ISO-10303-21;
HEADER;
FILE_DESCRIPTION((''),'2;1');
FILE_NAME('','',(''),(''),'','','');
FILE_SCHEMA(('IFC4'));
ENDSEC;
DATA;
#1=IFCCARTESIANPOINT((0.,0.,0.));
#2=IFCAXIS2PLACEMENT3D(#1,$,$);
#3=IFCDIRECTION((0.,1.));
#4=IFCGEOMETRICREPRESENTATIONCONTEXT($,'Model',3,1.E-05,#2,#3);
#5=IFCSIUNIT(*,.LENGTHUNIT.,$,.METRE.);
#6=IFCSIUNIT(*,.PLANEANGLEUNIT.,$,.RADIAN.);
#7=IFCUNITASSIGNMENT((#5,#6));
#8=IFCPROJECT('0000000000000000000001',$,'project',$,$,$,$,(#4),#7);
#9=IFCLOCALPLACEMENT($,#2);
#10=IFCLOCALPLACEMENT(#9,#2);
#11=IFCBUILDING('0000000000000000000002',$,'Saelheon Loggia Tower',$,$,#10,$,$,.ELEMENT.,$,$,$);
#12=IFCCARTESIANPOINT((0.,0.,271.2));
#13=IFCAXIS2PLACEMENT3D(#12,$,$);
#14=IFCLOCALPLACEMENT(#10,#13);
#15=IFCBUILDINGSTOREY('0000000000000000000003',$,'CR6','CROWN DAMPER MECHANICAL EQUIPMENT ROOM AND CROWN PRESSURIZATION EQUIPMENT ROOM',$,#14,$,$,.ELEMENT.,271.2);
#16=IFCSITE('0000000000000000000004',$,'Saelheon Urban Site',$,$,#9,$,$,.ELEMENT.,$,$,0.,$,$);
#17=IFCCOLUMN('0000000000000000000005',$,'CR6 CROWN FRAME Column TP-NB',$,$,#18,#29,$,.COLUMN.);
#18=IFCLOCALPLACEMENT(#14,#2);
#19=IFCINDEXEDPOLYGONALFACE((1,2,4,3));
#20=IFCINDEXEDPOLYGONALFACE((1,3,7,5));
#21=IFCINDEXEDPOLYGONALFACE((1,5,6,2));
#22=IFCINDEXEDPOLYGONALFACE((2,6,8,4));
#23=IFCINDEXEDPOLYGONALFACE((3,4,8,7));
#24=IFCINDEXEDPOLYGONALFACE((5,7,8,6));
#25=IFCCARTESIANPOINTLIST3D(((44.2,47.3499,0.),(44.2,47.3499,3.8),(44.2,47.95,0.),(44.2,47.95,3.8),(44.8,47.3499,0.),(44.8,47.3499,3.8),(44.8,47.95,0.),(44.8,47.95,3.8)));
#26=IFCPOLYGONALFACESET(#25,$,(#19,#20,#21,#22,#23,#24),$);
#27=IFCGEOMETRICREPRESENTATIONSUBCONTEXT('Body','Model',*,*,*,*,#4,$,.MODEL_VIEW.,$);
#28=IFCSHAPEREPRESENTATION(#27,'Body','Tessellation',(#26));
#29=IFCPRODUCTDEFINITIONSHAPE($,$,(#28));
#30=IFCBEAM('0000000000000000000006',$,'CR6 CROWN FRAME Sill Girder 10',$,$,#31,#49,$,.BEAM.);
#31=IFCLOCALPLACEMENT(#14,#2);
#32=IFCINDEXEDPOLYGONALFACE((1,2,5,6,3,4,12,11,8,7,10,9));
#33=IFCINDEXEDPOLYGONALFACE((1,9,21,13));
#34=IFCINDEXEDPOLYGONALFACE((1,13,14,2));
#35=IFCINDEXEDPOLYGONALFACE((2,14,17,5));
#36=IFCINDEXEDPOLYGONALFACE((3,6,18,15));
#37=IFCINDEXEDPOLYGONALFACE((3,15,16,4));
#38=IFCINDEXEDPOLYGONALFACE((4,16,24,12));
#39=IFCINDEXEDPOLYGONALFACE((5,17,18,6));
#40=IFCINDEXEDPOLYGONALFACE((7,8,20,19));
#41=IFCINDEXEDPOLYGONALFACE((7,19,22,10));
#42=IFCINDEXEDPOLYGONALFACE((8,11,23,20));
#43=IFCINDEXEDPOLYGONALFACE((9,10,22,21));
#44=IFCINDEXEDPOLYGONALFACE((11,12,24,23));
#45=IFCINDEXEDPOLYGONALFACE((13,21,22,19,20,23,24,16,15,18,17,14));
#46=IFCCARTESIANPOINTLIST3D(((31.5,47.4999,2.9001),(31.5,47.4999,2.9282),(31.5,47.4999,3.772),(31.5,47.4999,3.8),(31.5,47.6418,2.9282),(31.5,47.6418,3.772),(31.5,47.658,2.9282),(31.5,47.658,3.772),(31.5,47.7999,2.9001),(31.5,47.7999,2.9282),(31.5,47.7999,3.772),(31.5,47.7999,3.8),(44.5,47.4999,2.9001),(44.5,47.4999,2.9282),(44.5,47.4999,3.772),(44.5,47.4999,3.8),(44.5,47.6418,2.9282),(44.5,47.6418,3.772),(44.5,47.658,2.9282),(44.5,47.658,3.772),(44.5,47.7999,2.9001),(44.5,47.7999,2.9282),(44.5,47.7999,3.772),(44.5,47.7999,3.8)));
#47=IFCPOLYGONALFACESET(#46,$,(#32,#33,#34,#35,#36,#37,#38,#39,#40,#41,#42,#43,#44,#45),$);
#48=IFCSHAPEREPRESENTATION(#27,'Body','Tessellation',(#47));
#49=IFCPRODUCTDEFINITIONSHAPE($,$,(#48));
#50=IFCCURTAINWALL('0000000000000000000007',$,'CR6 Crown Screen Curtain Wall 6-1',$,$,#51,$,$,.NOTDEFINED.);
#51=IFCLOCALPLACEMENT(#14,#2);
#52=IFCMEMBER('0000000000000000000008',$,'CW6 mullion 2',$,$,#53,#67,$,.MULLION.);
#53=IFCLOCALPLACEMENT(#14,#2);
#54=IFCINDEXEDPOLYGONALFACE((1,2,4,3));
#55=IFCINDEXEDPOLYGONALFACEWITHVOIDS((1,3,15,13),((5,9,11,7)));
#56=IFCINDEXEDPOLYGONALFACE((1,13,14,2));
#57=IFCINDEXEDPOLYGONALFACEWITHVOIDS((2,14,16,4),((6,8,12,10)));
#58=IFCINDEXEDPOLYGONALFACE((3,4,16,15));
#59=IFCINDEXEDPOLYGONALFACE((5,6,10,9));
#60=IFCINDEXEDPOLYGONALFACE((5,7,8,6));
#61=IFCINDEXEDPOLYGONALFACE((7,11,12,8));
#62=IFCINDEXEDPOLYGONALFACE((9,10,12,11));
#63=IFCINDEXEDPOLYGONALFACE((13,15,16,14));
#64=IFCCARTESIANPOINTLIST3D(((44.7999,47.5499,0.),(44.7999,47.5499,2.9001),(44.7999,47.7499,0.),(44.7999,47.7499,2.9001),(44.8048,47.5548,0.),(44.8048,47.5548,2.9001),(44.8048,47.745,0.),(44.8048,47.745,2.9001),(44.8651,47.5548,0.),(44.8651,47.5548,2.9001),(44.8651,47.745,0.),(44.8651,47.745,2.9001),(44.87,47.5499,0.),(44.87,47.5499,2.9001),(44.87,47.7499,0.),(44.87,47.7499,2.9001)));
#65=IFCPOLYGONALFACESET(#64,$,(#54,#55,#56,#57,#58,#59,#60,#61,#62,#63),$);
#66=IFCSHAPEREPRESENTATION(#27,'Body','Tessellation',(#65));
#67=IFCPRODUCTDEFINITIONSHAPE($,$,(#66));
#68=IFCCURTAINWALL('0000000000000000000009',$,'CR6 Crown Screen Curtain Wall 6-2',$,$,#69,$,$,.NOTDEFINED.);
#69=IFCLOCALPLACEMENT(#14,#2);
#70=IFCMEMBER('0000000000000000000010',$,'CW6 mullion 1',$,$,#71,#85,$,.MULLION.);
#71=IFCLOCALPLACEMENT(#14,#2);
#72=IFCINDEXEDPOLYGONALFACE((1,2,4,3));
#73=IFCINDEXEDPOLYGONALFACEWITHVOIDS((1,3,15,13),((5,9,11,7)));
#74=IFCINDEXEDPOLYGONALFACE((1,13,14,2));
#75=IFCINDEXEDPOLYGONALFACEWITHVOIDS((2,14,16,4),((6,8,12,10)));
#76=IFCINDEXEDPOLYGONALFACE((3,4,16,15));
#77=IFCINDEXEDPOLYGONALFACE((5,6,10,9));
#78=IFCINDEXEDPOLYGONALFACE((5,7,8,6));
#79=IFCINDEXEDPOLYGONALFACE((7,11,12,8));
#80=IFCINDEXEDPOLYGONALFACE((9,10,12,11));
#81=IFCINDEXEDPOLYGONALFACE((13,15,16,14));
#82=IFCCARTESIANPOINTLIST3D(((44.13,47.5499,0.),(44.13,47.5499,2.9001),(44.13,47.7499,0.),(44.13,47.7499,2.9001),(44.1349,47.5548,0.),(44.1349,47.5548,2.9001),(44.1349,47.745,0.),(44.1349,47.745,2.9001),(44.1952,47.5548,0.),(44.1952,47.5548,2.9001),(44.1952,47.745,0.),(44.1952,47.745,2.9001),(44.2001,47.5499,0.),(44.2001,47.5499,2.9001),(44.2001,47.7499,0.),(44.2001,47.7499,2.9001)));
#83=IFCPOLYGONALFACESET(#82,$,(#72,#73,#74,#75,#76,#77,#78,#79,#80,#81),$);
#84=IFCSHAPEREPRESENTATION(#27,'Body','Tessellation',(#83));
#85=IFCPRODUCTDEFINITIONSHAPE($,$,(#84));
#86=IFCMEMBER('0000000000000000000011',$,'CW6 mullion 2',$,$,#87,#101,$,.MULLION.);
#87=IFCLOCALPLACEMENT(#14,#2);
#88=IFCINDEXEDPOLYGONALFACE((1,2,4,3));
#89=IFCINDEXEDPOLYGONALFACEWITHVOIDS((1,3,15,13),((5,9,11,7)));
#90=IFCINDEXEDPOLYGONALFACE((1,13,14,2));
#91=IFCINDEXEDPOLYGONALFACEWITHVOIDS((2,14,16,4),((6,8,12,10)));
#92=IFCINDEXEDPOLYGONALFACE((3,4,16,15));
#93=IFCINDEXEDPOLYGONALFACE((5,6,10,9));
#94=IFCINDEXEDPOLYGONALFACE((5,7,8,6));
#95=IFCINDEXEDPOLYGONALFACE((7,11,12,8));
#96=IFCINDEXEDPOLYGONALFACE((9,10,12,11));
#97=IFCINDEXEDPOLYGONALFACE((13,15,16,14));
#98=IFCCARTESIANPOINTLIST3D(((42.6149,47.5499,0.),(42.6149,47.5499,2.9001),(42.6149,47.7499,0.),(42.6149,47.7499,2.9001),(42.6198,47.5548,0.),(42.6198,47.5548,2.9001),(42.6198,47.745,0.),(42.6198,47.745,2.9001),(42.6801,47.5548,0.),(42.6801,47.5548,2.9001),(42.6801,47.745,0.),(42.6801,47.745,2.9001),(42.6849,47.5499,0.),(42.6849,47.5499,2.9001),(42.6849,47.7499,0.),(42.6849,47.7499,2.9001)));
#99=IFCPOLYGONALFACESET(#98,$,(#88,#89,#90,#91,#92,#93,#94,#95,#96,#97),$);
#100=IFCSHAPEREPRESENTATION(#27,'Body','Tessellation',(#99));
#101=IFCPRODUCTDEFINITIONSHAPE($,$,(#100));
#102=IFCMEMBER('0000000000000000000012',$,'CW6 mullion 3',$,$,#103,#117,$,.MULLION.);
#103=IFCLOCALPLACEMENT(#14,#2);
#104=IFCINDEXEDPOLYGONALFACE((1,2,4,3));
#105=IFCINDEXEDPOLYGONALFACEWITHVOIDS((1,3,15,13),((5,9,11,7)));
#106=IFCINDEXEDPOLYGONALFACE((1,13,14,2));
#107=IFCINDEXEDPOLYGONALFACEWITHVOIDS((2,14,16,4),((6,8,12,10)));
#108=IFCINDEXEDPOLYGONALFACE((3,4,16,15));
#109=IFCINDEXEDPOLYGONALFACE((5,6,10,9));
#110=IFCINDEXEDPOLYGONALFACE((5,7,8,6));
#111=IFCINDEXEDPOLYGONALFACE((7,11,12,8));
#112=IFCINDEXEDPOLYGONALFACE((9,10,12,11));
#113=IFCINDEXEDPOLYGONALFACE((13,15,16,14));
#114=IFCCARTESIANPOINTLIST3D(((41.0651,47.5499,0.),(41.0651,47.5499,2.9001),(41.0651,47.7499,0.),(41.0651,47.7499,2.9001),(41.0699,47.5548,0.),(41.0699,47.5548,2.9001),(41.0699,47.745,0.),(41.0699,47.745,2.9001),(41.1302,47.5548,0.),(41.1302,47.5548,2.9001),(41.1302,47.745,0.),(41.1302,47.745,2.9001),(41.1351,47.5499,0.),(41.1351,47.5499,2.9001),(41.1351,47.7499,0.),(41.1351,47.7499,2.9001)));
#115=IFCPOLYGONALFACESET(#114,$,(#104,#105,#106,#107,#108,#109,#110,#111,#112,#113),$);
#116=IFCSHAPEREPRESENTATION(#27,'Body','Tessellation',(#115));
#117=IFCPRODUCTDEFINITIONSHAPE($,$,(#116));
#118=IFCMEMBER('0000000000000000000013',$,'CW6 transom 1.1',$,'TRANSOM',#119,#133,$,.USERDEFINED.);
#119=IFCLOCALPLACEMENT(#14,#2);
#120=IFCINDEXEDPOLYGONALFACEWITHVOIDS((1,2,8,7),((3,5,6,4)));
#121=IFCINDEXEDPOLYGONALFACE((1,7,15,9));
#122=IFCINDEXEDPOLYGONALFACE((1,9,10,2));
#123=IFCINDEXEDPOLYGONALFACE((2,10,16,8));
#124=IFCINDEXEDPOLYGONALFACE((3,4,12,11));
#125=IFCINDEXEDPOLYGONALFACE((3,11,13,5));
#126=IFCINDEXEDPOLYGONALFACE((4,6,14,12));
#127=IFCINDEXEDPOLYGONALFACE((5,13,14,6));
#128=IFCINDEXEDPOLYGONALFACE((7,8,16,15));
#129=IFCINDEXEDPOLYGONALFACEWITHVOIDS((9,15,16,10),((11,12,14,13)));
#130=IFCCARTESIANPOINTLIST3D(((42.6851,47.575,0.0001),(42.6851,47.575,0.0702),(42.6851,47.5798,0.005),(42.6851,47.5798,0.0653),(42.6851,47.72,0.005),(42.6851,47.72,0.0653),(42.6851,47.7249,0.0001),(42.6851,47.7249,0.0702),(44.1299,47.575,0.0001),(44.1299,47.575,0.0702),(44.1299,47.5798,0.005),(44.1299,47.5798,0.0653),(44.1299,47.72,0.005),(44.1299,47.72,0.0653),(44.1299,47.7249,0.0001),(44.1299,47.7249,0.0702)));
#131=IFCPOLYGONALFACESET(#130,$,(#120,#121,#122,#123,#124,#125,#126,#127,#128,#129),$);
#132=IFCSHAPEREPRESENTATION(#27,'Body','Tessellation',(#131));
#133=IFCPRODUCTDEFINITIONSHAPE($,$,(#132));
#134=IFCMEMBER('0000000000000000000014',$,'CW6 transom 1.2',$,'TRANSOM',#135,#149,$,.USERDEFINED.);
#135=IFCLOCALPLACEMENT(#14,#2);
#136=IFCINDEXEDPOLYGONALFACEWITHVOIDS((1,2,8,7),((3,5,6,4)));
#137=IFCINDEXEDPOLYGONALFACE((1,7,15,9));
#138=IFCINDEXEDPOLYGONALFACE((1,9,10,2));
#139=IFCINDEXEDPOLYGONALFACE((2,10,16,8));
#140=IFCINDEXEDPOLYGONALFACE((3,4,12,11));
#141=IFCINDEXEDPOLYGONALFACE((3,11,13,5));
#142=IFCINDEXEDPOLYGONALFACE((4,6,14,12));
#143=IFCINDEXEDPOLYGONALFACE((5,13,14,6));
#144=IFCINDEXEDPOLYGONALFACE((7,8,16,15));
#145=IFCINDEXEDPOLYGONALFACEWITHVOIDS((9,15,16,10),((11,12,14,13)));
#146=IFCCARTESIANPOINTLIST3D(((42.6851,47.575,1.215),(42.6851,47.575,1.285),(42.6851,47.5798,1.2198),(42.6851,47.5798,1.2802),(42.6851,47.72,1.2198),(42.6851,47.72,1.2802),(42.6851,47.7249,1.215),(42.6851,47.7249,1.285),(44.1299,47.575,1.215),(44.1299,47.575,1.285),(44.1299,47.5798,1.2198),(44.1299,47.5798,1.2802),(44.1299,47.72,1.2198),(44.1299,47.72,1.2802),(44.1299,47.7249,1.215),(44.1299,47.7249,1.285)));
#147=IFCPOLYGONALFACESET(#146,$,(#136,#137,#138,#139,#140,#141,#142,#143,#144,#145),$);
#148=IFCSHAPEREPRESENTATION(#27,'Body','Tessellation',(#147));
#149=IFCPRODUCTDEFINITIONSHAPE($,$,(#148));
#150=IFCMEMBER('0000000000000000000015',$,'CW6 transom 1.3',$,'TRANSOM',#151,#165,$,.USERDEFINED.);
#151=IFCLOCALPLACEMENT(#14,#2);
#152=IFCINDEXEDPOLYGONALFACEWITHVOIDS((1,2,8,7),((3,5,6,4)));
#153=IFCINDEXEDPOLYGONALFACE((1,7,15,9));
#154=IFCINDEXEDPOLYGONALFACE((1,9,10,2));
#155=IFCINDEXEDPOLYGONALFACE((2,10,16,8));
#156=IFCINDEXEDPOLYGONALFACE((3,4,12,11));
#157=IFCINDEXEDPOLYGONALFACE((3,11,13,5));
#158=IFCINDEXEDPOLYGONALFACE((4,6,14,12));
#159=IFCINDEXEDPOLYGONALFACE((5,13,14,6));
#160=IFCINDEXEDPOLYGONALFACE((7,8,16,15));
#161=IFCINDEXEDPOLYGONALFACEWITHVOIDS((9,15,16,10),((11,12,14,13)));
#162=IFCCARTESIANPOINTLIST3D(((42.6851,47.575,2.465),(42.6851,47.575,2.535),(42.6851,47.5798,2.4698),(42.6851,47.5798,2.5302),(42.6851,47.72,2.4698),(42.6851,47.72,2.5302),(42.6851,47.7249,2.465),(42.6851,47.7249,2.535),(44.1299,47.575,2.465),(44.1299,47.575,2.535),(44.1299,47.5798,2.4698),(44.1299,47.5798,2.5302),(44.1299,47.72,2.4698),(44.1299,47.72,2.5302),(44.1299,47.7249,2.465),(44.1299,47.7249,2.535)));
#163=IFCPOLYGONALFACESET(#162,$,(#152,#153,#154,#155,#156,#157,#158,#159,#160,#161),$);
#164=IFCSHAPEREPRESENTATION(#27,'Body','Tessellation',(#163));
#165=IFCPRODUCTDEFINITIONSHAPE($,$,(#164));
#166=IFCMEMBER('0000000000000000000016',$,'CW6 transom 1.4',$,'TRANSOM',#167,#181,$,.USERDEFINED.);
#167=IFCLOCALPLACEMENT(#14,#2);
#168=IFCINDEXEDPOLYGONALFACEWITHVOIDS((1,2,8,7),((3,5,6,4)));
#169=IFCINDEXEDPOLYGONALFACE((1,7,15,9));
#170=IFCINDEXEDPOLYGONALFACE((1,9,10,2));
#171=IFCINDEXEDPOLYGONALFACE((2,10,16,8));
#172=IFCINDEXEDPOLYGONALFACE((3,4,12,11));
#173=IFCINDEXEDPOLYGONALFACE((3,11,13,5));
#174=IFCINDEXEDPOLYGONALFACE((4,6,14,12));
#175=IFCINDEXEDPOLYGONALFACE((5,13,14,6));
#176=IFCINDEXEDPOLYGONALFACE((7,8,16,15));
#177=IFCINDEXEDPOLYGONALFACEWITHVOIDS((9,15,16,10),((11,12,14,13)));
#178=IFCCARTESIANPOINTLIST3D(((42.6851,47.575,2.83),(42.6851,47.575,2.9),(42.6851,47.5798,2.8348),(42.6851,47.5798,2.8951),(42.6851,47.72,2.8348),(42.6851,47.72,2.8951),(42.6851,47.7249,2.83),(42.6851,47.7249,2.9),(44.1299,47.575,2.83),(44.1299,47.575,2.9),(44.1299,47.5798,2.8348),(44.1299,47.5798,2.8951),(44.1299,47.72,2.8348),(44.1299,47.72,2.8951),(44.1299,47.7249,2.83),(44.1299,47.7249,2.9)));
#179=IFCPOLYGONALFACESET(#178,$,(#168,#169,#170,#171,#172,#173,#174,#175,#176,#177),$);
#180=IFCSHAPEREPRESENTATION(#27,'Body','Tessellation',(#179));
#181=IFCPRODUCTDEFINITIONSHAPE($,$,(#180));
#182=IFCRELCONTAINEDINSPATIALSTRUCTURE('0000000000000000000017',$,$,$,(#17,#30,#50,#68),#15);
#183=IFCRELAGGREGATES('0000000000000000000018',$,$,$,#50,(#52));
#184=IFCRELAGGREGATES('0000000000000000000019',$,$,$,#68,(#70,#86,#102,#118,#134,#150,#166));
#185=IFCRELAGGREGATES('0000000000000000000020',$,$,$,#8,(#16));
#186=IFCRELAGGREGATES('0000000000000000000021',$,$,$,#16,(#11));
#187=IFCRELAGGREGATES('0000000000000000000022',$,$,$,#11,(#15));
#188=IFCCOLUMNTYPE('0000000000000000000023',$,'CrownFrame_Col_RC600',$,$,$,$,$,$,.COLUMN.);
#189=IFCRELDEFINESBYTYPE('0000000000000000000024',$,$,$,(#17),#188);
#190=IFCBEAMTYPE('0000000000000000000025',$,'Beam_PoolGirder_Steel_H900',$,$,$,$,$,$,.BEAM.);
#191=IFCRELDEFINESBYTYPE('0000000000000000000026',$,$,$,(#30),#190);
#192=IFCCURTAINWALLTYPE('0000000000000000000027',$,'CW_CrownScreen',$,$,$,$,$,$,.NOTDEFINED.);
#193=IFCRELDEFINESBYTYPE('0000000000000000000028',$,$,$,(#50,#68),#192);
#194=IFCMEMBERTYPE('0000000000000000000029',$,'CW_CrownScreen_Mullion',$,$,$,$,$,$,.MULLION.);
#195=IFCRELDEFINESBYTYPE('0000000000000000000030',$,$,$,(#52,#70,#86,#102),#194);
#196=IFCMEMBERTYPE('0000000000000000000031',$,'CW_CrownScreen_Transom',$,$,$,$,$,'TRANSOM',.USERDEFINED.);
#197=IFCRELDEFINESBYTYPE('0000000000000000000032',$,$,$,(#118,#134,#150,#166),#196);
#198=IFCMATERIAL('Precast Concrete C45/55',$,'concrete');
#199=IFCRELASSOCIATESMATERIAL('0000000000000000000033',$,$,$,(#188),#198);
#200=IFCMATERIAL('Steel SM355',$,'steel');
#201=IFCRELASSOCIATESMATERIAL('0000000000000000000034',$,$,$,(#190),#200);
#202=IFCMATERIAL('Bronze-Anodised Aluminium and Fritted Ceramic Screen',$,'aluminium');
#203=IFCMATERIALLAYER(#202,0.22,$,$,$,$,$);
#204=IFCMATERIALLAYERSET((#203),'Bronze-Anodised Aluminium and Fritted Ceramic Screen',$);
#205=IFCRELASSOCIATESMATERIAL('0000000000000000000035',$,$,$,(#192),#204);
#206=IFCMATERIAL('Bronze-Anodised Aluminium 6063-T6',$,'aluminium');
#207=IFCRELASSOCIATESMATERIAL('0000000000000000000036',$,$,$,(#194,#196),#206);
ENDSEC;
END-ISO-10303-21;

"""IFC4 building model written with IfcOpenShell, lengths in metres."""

from ifc_helpers import new_model, si_unit, direction, frame, origin, origin_2d, place, context, subcontext, project, spatial, rectangle, hollow_rectangle, i_section, extrude, source, transform, mapped, material, layer, layer_set, material_profile, profile_set, type_object, element, aggregate, save


model = new_model("IFC4")

# Units and contexts
model_context = context("Model", 3, precision=1e-05, world=origin(), true_north=direction((0.0, 1.0)))
body_context = subcontext(model_context, "Body", "Model", "MODEL_VIEW")
ifc_project = project(units=[si_unit("LENGTHUNIT", "METRE"), si_unit("PLANEANGLEUNIT", "RADIAN")], contexts=[model_context])

# Site, building, storey
site_placement = place(None, origin())
site = spatial("IfcSite", under=ifc_project, at=site_placement, Name="Saelheon Urban Site", CompositionType="ELEMENT", RefElevation=0.0)
building_placement = place(site_placement, origin())
building = spatial("IfcBuilding", under=site, at=building_placement, Name="Saelheon Loggia Tower", CompositionType="ELEMENT")
storey_placement = place(building_placement, frame((0.0, 0.0, 271.2)))
storey = spatial("IfcBuildingStorey", under=building, at=storey_placement, Name="CR6", Description="CROWN DAMPER MECHANICAL EQUIPMENT ROOM AND CROWN PRESSURIZATION EQUIPMENT ROOM", CompositionType="ELEMENT", Elevation=271.2)

# Column
ifc_material_1 = material(Name="Precast Concrete C45/55", Category="concrete")
ifc_material_profile_1 = material_profile(ifc_material_1, rectangle(XDim=0.6001, YDim=0.6001, at=origin_2d()), Name="RC-600x600")
ifc_profile_set_1 = profile_set([ifc_material_profile_1], Name="Precast Concrete C45/55")
column_type = type_object("IfcColumnType", Name="CrownFrame_Col_RC600", PredefinedType="COLUMN", material=ifc_profile_set_1)
shared_shape_1 = source(origin(), body_context, "Body", "SweptSolid", [
    extrude(rectangle(XDim=0.6001, YDim=0.6001, at=origin_2d()), origin(), (0.0, 0.0, 1.0), 3.8),
])
column_placement = place(storey_placement, frame((44.5, 47.6499, 0.0), z_axis=(0.0, 0.0, 1.0), x_axis=(1.0, 0.0, 0.0)))
element("IfcColumn", 1, at=column_placement, inside=storey, type_object=column_type, Name="CR6 CROWN FRAME Column TP-NB", PredefinedType="COLUMN", context=body_context, shape_type="MappedRepresentation", body=[
    mapped(shared_shape_1, transform((0.0, 0.0, 0.0), scale=1.0)),
])

# Beam
ifc_material_2 = material(Name="Steel SM355", Category="steel")
ifc_material_profile_2 = material_profile(ifc_material_2, i_section(OverallWidth=0.3, OverallDepth=0.8999, WebThickness=0.0161, FlangeThickness=0.0281, at=origin_2d()), Name="H-900x300x16x28")
ifc_profile_set_2 = profile_set([ifc_material_profile_2], Name="Steel SM355")
beam_type = type_object("IfcBeamType", Name="Beam_PoolGirder_Steel_H900", PredefinedType="BEAM", material=ifc_profile_set_2)
shared_shape_2 = source(origin(), body_context, "Body", "SweptSolid", [
    extrude(i_section(OverallWidth=0.3, OverallDepth=0.8999, WebThickness=0.0161, FlangeThickness=0.0281, at=origin_2d()), origin(), (0.0, 0.0, 1.0), 13.0),
])
beam_placement = place(storey_placement, frame((44.5, 47.6499, 3.3501), z_axis=(-1.0, 0.0, 0.0), x_axis=(0.0, -1.0, 0.0)))
element("IfcBeam", 2, at=beam_placement, inside=storey, type_object=beam_type, Name="CR6 CROWN FRAME Sill Girder 10", PredefinedType="BEAM", context=body_context, shape_type="MappedRepresentation", body=[
    mapped(shared_shape_2, transform((0.0, 0.0, 0.0), scale=1.0)),
])

# Curtain wall, member
ifc_material_3 = material(Name="Bronze-Anodised Aluminium and Fritted Ceramic Screen", Category="aluminium")
ifc_layer_1 = layer(ifc_material_3, 0.22)
ifc_layer_set_1 = layer_set([ifc_layer_1], Name="Bronze-Anodised Aluminium and Fritted Ceramic Screen")
curtain_wall_type = type_object("IfcCurtainWallType", Name="CW_CrownScreen", PredefinedType="NOTDEFINED", material=ifc_layer_set_1)
curtain_wall_1_placement = place(storey_placement, origin())
curtain_wall_1 = element("IfcCurtainWall", 3, at=curtain_wall_1_placement, inside=storey, type_object=curtain_wall_type, Name="CR6 Crown Screen Curtain Wall 6-1", PredefinedType="NOTDEFINED")
ifc_material_4 = material(Name="Bronze-Anodised Aluminium 6063-T6", Category="aluminium")
ifc_material_profile_3 = material_profile(ifc_material_4, hollow_rectangle(XDim=0.0701, YDim=0.2, WallThickness=0.0049, at=origin_2d()), Name="RHS-200x70x5")
ifc_profile_set_3 = profile_set([ifc_material_profile_3], Name="Bronze-Anodised Aluminium 6063-T6")
member_type_1 = type_object("IfcMemberType", Name="CW_CrownScreen_Mullion", PredefinedType="MULLION", material=ifc_profile_set_3)
shared_shape_3 = source(origin(), body_context, "Body", "SweptSolid", [
    extrude(hollow_rectangle(XDim=0.0701, YDim=0.2, WallThickness=0.0049, at=origin_2d()), origin(), (0.0, 0.0, 1.0), 2.9001),
])
member_1_placement = place(storey_placement, frame((44.835, 47.6499, 0.0), z_axis=(0.0, 0.0, 1.0), x_axis=(-1.0, 0.0, 0.0)))
member_1 = element("IfcMember", 4, at=member_1_placement, type_object=member_type_1, Name="CW6 mullion 2", PredefinedType="MULLION", context=body_context, shape_type="MappedRepresentation", body=[
    mapped(shared_shape_3, transform((0.0, 0.0, 0.0), scale=1.0)),
])

# Curtain wall, members
curtain_wall_2_placement = place(storey_placement, origin())
curtain_wall_2 = element("IfcCurtainWall", 5, at=curtain_wall_2_placement, inside=storey, type_object=curtain_wall_type, Name="CR6 Crown Screen Curtain Wall 6-2", PredefinedType="NOTDEFINED")
member_2_placement = place(storey_placement, frame((44.165, 47.6499, 0.0), z_axis=(0.0, 0.0, 1.0), x_axis=(-1.0, 0.0, 0.0)))
member_2 = element("IfcMember", 6, at=member_2_placement, type_object=member_type_1, Name="CW6 mullion 1", PredefinedType="MULLION", context=body_context, shape_type="MappedRepresentation", body=[
    mapped(shared_shape_3, transform((0.0, 0.0, 0.0), scale=1.0)),
])
member_3_placement = place(storey_placement, frame((42.6499, 47.6499, 0.0), z_axis=(0.0, 0.0, 1.0), x_axis=(-1.0, 0.0, 0.0)))
member_3 = element("IfcMember", 7, at=member_3_placement, type_object=member_type_1, Name="CW6 mullion 2", PredefinedType="MULLION", context=body_context, shape_type="MappedRepresentation", body=[
    mapped(shared_shape_3, transform((0.0, 0.0, 0.0), scale=1.0)),
])
member_4_placement = place(storey_placement, frame((41.1001, 47.6499, 0.0), z_axis=(0.0, 0.0, 1.0), x_axis=(-1.0, 0.0, 0.0)))
member_4 = element("IfcMember", 8, at=member_4_placement, type_object=member_type_1, Name="CW6 mullion 3", PredefinedType="MULLION", context=body_context, shape_type="MappedRepresentation", body=[
    mapped(shared_shape_3, transform((0.0, 0.0, 0.0), scale=1.0)),
])
ifc_material_profile_4 = material_profile(ifc_material_4, hollow_rectangle(XDim=0.0701, YDim=0.1499, WallThickness=0.0049, at=origin_2d()), Name="RHS-150x70x5")
ifc_profile_set_4 = profile_set([ifc_material_profile_4], Name="Bronze-Anodised Aluminium 6063-T6")
member_type_2 = type_object("IfcMemberType", Name="CW_CrownScreen_Transom", ElementType="TRANSOM", PredefinedType="USERDEFINED", material=ifc_profile_set_4)
shared_shape_4 = source(origin(), body_context, "Body", "SweptSolid", [
    extrude(hollow_rectangle(XDim=0.0701, YDim=0.1499, WallThickness=0.0049, at=origin_2d()), origin(), (0.0, 0.0, 1.0), 1.4448),
])
member_5_placement = place(storey_placement, frame((44.1299, 47.6499, 0.0352), z_axis=(-1.0, 0.0, 0.0), x_axis=(0.0, 0.0, 1.0)))
member_5 = element("IfcMember", 9, at=member_5_placement, type_object=member_type_2, Name="CW6 transom 1.1", ObjectType="TRANSOM", PredefinedType="USERDEFINED", context=body_context, shape_type="MappedRepresentation", body=[
    mapped(shared_shape_4, transform((0.0, 0.0, 0.0), scale=1.0)),
])
member_6_placement = place(storey_placement, frame((44.1299, 47.6499, 1.25), z_axis=(-1.0, 0.0, 0.0), x_axis=(0.0, 0.0, 1.0)))
member_6 = element("IfcMember", 10, at=member_6_placement, type_object=member_type_2, Name="CW6 transom 1.2", ObjectType="TRANSOM", PredefinedType="USERDEFINED", context=body_context, shape_type="MappedRepresentation", body=[
    mapped(shared_shape_4, transform((0.0, 0.0, 0.0), scale=1.0)),
])
member_7_placement = place(storey_placement, frame((44.1299, 47.6499, 2.5), z_axis=(-1.0, 0.0, 0.0), x_axis=(0.0, 0.0, 1.0)))
member_7 = element("IfcMember", 11, at=member_7_placement, type_object=member_type_2, Name="CW6 transom 1.3", ObjectType="TRANSOM", PredefinedType="USERDEFINED", context=body_context, shape_type="MappedRepresentation", body=[
    mapped(shared_shape_4, transform((0.0, 0.0, 0.0), scale=1.0)),
])
member_8_placement = place(storey_placement, frame((44.1299, 47.6499, 2.865), z_axis=(-1.0, 0.0, 0.0), x_axis=(0.0, 0.0, 1.0)))
member_8 = element("IfcMember", 12, at=member_8_placement, type_object=member_type_2, Name="CW6 transom 1.4", ObjectType="TRANSOM", PredefinedType="USERDEFINED", context=body_context, shape_type="MappedRepresentation", body=[
    mapped(shared_shape_4, transform((0.0, 0.0, 0.0), scale=1.0)),
])

aggregate(curtain_wall_1, [member_1])
aggregate(curtain_wall_2, [member_2, member_3, member_4, member_5, member_6, member_7, member_8])

save(model, "model.ifc")
